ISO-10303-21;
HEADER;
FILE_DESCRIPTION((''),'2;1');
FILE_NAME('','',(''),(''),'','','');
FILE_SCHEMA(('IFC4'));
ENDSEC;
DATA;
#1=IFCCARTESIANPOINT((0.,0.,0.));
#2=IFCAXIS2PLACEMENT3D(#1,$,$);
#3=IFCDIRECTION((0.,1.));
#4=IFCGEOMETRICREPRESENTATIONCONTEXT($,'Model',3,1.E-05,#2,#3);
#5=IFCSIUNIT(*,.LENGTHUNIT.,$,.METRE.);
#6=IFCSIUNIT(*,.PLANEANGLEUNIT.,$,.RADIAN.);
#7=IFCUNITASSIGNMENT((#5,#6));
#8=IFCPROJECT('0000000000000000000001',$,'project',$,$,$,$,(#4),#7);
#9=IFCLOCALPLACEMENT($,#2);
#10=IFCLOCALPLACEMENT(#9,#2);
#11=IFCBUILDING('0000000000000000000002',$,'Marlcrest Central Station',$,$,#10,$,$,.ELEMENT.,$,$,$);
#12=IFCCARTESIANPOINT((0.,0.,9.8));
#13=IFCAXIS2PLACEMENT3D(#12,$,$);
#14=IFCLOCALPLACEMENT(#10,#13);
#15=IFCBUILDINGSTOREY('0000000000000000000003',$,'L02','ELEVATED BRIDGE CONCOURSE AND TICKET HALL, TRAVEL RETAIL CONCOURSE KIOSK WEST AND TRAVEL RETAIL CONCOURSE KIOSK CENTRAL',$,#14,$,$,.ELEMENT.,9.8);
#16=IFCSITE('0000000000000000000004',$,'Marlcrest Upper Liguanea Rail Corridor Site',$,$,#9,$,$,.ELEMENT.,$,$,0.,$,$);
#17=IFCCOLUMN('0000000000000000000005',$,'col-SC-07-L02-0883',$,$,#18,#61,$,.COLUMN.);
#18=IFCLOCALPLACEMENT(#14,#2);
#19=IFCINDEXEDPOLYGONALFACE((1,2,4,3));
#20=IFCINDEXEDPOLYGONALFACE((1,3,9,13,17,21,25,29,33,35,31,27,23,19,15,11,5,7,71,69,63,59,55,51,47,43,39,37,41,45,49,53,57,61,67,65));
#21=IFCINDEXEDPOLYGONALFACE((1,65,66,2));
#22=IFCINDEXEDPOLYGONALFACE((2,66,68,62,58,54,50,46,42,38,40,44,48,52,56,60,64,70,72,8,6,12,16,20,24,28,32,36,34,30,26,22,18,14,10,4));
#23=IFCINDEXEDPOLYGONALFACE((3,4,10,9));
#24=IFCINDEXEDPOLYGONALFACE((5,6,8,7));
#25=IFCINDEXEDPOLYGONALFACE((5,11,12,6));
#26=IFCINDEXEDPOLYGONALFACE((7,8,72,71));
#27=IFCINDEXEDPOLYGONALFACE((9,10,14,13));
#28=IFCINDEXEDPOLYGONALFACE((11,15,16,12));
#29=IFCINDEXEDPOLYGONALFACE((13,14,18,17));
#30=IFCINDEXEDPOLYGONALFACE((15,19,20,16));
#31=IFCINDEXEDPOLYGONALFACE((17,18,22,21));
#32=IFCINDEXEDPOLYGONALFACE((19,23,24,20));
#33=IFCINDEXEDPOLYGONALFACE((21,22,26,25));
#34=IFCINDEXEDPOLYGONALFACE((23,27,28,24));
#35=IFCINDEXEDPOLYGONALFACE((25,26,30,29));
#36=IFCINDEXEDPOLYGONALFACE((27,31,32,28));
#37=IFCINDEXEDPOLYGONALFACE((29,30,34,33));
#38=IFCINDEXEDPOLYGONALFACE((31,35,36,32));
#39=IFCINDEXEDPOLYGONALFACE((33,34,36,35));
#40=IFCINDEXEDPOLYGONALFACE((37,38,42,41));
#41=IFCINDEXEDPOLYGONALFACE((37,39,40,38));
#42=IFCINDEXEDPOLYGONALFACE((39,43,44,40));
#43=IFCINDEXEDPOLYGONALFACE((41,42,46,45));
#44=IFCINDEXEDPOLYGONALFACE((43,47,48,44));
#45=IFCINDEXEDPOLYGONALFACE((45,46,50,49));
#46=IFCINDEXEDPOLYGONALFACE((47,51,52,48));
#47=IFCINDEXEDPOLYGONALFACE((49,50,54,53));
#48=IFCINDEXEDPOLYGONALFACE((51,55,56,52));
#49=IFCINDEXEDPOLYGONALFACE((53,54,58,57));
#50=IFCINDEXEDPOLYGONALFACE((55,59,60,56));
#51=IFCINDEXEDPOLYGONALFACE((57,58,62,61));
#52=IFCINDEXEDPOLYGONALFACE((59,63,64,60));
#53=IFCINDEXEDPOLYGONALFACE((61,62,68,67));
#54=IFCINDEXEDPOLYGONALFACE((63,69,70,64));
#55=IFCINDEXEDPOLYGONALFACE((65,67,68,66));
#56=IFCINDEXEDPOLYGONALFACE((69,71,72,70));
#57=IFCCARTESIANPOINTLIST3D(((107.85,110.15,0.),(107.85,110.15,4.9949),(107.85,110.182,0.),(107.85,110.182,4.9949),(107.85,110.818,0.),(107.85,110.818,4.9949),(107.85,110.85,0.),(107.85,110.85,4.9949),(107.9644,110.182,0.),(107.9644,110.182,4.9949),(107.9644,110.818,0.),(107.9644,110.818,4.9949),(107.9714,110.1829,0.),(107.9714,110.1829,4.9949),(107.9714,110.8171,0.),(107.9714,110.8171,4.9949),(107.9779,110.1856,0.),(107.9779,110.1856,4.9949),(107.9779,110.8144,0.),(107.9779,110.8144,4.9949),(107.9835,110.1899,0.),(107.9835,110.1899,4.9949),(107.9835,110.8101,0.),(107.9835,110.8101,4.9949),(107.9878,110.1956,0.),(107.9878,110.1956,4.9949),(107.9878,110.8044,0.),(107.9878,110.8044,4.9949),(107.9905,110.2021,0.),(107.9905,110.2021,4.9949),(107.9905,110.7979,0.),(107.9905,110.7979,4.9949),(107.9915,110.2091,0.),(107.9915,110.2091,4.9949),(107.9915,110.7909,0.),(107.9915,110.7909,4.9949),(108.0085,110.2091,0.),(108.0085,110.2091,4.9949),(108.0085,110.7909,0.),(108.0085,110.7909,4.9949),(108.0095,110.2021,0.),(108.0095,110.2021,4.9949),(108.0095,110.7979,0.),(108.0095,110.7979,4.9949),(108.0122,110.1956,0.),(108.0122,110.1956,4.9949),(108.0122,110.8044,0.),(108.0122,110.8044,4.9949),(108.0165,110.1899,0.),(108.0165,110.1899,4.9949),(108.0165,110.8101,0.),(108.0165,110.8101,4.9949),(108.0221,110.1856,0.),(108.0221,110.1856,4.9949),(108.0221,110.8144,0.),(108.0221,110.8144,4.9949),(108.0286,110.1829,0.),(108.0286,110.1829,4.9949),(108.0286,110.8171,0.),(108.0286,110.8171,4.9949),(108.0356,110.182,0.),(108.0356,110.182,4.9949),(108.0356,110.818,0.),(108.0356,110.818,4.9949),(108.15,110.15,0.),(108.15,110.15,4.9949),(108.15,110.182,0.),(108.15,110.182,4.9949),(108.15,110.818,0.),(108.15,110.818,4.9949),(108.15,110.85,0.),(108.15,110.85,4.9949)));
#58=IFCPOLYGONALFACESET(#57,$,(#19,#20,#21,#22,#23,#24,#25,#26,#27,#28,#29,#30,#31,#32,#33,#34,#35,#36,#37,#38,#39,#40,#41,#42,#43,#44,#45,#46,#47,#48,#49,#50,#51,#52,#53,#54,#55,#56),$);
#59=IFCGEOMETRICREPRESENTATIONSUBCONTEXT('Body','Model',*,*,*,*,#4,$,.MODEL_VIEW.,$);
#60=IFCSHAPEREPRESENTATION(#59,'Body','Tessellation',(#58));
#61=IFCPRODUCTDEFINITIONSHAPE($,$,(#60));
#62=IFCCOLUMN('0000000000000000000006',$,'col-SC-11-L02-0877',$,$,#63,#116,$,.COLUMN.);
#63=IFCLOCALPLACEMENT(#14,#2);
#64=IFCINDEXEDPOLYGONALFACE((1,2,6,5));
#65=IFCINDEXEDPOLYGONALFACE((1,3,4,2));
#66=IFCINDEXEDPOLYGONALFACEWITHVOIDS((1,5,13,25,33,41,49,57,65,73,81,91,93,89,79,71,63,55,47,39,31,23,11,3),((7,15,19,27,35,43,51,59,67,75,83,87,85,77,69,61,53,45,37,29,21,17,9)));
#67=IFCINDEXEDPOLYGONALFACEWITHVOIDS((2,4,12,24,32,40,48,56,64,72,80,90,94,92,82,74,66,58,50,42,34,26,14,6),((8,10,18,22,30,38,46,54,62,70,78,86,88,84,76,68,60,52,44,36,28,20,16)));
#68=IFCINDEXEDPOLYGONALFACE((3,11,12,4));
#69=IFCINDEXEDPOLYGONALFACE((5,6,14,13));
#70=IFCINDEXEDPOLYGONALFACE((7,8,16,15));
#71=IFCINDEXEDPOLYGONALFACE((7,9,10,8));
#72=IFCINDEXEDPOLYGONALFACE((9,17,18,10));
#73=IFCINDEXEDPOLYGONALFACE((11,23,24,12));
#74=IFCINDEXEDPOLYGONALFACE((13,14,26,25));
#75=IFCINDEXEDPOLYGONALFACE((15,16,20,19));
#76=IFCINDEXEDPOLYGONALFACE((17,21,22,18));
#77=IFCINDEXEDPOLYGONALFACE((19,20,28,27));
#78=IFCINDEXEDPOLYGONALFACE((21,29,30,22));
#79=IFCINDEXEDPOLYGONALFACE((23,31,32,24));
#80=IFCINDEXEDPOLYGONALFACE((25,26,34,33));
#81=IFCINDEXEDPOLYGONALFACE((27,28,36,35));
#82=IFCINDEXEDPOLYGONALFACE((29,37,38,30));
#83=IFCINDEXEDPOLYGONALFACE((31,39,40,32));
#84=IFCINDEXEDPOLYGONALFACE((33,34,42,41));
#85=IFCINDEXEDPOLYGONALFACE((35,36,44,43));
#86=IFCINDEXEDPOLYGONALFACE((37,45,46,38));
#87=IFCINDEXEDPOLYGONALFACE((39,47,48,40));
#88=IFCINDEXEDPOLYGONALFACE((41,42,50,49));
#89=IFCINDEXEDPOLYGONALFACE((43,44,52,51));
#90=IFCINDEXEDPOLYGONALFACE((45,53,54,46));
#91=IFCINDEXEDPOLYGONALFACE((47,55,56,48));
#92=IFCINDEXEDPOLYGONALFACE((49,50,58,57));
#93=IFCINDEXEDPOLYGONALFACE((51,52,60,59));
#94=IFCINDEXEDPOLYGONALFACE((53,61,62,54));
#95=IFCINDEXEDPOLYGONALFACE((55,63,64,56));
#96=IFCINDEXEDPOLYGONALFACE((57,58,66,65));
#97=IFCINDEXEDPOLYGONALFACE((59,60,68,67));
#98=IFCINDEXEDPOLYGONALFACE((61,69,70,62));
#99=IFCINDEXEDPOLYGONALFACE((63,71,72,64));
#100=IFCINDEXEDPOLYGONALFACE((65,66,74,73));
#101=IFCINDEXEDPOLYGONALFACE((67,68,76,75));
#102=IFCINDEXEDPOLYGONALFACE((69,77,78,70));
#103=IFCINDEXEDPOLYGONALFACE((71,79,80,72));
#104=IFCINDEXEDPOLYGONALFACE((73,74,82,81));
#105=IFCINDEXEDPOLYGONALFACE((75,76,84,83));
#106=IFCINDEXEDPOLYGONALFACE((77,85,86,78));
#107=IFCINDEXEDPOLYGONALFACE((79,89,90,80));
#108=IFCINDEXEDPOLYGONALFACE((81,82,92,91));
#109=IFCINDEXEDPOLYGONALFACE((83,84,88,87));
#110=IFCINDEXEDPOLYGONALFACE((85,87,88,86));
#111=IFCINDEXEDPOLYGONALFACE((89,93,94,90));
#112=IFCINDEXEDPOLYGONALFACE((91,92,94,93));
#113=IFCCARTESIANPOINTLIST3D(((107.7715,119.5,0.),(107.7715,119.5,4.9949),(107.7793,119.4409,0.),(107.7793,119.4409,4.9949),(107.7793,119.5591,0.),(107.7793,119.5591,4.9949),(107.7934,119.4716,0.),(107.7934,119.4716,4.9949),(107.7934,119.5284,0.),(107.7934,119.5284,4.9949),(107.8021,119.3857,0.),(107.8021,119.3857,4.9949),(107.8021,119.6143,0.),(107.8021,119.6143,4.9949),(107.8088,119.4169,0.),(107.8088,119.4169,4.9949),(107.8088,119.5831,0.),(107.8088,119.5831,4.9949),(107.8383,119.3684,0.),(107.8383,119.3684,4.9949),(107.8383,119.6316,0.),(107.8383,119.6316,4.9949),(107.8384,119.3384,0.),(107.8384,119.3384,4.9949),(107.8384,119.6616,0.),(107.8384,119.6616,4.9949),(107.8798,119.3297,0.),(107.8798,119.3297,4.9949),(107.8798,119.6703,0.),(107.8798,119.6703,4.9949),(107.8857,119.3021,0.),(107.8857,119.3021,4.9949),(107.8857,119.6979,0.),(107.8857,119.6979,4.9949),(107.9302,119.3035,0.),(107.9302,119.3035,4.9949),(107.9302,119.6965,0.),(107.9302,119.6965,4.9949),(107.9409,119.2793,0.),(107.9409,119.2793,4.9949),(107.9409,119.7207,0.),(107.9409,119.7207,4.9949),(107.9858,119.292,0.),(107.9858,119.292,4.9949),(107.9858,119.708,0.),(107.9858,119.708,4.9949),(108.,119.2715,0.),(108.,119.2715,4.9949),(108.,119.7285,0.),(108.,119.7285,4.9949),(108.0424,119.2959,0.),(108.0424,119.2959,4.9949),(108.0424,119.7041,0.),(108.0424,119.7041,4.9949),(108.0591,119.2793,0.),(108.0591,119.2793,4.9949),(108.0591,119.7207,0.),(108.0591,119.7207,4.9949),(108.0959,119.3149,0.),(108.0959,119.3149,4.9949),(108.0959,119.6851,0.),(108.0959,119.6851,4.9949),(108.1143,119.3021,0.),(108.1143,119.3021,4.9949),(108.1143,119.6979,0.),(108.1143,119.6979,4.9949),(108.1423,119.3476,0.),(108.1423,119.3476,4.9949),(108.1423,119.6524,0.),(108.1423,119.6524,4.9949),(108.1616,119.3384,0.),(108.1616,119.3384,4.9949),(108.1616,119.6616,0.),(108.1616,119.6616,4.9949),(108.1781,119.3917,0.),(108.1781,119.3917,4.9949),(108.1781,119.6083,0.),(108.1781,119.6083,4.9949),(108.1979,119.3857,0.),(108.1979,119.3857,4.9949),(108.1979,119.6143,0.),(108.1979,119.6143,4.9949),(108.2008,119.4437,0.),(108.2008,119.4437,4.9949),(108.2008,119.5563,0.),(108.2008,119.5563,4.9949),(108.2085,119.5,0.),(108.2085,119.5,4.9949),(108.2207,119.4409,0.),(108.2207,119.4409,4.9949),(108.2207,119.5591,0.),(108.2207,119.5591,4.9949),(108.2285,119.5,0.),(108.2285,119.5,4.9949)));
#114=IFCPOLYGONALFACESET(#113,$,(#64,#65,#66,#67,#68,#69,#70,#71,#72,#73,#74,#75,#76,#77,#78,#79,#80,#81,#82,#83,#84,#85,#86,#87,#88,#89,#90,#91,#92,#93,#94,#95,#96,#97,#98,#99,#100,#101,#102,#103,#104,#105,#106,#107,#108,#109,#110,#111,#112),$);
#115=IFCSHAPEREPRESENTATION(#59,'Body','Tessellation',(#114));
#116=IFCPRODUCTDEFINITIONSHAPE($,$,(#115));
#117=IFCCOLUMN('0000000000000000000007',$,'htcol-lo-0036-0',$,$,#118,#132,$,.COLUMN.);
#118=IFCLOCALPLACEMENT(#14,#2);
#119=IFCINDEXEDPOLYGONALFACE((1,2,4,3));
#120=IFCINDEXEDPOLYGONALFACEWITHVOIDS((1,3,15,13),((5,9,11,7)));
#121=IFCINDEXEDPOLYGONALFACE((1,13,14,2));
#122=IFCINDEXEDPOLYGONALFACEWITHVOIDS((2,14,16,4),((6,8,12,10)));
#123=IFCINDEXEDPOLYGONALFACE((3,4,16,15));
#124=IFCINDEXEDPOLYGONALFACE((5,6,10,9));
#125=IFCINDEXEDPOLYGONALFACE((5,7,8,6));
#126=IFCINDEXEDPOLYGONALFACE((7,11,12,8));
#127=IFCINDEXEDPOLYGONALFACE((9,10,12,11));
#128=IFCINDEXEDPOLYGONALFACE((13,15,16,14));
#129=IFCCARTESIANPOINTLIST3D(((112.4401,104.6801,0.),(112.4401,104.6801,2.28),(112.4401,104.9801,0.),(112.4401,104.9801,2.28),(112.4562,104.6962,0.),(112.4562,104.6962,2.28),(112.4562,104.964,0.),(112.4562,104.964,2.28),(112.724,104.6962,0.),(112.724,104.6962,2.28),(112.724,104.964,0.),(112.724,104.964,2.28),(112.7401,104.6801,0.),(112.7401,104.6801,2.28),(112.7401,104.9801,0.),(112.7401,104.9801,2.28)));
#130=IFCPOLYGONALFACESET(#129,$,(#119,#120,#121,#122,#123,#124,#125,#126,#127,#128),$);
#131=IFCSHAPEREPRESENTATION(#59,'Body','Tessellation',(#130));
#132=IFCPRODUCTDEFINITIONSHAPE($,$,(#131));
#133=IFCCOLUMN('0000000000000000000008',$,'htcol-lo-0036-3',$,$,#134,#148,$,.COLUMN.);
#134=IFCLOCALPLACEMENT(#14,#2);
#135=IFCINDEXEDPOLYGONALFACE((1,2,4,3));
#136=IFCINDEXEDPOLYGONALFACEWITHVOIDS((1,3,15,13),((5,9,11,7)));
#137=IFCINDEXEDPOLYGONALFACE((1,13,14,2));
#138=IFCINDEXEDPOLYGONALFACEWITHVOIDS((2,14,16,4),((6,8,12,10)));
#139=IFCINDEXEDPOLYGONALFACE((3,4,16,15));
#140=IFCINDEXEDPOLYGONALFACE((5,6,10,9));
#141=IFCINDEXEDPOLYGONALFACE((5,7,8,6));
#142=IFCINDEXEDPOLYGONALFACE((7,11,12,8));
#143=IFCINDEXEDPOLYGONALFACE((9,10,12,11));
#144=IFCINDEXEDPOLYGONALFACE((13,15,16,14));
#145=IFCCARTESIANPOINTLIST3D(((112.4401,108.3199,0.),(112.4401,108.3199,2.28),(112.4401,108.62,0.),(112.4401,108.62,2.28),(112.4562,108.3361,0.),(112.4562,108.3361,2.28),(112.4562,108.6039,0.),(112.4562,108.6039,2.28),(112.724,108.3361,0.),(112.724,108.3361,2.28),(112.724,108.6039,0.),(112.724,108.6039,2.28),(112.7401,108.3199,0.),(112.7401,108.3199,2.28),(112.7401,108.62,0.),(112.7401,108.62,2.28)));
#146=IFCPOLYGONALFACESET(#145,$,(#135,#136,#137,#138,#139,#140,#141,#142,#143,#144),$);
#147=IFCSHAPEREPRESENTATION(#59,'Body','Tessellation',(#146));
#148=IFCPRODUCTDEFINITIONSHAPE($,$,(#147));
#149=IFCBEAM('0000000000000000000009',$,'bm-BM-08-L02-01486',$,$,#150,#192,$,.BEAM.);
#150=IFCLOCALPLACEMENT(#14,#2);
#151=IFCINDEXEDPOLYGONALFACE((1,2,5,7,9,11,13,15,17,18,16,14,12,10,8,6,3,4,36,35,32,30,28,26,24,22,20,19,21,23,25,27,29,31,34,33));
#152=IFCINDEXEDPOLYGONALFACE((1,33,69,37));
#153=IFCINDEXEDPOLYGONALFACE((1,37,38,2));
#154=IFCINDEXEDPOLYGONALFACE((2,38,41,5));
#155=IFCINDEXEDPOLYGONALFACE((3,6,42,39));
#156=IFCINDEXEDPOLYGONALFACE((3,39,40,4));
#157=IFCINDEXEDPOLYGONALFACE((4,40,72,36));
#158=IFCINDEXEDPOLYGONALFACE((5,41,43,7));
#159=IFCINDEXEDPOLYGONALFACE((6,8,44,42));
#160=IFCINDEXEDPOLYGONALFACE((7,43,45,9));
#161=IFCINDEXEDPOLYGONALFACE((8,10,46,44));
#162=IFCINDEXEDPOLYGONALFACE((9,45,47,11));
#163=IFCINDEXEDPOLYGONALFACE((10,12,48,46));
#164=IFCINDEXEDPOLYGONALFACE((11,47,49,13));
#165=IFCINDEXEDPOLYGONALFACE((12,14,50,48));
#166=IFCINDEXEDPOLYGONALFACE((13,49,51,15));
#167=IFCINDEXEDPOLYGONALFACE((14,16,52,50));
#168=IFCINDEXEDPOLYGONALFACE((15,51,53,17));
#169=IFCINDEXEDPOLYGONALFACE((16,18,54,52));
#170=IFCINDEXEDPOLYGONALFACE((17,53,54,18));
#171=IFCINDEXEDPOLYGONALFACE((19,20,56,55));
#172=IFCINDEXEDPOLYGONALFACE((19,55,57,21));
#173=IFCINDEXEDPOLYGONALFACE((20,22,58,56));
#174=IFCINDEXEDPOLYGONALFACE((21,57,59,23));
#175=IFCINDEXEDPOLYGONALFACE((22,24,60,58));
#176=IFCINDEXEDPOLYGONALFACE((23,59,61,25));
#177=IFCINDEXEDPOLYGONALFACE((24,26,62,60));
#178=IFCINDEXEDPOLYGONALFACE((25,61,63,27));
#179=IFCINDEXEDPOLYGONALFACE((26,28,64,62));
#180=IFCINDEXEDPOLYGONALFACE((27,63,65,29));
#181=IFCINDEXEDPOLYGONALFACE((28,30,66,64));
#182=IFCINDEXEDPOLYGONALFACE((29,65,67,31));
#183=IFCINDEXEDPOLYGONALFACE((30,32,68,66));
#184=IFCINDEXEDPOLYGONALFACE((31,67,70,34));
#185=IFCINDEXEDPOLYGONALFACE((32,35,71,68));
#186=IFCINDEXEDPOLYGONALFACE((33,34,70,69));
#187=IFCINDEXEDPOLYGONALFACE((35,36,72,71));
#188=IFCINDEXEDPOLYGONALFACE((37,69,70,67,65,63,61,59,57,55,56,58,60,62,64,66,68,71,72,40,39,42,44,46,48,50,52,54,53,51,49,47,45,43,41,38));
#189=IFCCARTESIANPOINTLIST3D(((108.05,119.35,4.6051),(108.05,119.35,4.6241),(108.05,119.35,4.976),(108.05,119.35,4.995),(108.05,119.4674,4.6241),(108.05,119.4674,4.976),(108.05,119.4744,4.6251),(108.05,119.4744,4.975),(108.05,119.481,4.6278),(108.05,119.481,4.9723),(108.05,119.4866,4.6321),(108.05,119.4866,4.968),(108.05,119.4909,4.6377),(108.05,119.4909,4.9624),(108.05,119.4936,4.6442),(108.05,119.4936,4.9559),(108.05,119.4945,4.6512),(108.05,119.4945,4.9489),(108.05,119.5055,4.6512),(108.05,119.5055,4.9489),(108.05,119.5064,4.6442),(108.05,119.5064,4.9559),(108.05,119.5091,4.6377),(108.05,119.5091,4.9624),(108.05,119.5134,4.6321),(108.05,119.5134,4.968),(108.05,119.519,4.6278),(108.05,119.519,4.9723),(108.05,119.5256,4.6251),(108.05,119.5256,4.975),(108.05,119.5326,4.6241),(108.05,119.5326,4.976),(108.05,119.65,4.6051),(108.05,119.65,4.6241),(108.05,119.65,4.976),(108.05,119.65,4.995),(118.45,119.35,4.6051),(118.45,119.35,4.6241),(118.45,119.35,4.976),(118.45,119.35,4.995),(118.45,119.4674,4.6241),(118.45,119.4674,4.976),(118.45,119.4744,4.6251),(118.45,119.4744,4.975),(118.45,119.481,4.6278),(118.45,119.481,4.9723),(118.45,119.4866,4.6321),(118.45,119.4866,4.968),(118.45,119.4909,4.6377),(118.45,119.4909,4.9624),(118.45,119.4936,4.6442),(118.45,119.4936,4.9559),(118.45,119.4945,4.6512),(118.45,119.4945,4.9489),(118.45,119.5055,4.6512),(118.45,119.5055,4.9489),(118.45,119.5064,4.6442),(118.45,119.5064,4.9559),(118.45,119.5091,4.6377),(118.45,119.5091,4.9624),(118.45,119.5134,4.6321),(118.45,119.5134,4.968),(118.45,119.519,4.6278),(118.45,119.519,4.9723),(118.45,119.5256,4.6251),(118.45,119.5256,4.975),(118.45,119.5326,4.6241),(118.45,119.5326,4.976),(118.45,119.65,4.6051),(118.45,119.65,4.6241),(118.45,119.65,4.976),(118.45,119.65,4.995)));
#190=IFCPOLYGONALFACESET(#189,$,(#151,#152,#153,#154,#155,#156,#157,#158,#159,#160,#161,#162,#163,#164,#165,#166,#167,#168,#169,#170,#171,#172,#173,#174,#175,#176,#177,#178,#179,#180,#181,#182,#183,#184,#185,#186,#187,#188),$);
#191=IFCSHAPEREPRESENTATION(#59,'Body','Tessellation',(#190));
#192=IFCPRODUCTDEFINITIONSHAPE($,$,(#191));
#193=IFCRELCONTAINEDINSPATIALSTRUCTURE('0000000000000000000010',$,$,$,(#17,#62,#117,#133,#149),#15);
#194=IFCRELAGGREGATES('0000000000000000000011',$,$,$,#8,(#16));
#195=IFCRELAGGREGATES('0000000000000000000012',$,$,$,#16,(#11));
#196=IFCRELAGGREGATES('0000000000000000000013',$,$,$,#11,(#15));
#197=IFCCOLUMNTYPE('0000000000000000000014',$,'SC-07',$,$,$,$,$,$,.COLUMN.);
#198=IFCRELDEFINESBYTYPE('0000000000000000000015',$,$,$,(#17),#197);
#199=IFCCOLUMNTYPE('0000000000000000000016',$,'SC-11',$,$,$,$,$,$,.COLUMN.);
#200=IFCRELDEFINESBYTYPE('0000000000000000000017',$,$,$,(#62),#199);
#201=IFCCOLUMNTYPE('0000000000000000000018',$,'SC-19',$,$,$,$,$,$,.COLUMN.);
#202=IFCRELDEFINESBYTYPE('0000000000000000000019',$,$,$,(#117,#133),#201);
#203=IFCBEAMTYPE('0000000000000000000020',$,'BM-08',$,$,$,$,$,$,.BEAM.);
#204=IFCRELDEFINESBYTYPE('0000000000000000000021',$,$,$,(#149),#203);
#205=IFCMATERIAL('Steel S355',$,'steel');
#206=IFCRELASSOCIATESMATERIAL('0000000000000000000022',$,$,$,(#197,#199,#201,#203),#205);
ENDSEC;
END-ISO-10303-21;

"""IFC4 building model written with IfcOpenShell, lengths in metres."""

from ifc_helpers import new_model, si_unit, direction, frame, origin, origin_2d, place, context, subcontext, project, spatial, hollow_rectangle, hollow_circle, i_section, extrude, material, material_profile, profile_set, type_object, element, save


model = new_model("IFC4")

# Units and contexts
model_context = context("Model", 3, precision=1e-05, world=origin(), true_north=direction((0.0, 1.0)))
body_context = subcontext(model_context, "Body", "Model", "MODEL_VIEW")
ifc_project = project(units=[si_unit("LENGTHUNIT", "METRE"), si_unit("PLANEANGLEUNIT", "RADIAN")], contexts=[model_context])

# Site, building, storey
site_placement = place(None, origin())
site = spatial("IfcSite", under=ifc_project, at=site_placement, Name="Marlcrest Upper Liguanea Rail Corridor Site", CompositionType="ELEMENT", RefElevation=0.0)
building_placement = place(site_placement, origin())
building = spatial("IfcBuilding", under=site, at=building_placement, Name="Marlcrest Central Station", CompositionType="ELEMENT")
storey_placement = place(building_placement, frame((0.0, 0.0, 9.8)))
storey = spatial("IfcBuildingStorey", under=building, at=storey_placement, Name="L02", Description="ELEVATED BRIDGE CONCOURSE AND TICKET HALL, TRAVEL RETAIL CONCOURSE KIOSK WEST AND TRAVEL RETAIL CONCOURSE KIOSK CENTRAL", CompositionType="ELEMENT", Elevation=9.8)

# Columns
ifc_material_1 = material(Name="Steel S355", Category="steel")
ifc_material_profile_1 = material_profile(ifc_material_1, i_section(OverallWidth=0.3, OverallDepth=0.7, WebThickness=0.0171, FlangeThickness=0.032, FilletRadius=0.0271, at=origin_2d()), Name="HEB 700")
ifc_profile_set_1 = profile_set([ifc_material_profile_1], Name="Steel S355")
column_type_1 = type_object("IfcColumnType", Name="SC-07", PredefinedType="COLUMN", material=ifc_profile_set_1)
column_1_placement = place(storey_placement, frame((108.0, 110.5, 0.0), z_axis=(0.0, 0.0, 1.0), x_axis=(1.0, 0.0, 0.0)))
element("IfcColumn", 1, at=column_1_placement, inside=storey, type_object=column_type_1, Name="col-SC-07-L02-0883", PredefinedType="COLUMN", context=body_context, shape_type="SweptSolid", body=[
    extrude(i_section(OverallWidth=0.3, OverallDepth=0.7, WebThickness=0.0171, FlangeThickness=0.032, FilletRadius=0.0271, at=origin_2d()), origin(), (0.0, 0.0, 1.0), 4.9949),
])
ifc_material_profile_2 = material_profile(ifc_material_1, hollow_circle(Radius=0.2285, WallThickness=0.02, at=origin_2d()), Name="CHS 457x20")
ifc_profile_set_2 = profile_set([ifc_material_profile_2], Name="Steel S355")
column_type_2 = type_object("IfcColumnType", Name="SC-11", PredefinedType="COLUMN", material=ifc_profile_set_2)
column_2_placement = place(storey_placement, frame((108.0, 119.5, 0.0), z_axis=(0.0, 0.0, 1.0), x_axis=(1.0, 0.0, 0.0)))
element("IfcColumn", 2, at=column_2_placement, inside=storey, type_object=column_type_2, Name="col-SC-11-L02-0877", PredefinedType="COLUMN", context=body_context, shape_type="SweptSolid", body=[
    extrude(hollow_circle(Radius=0.2285, WallThickness=0.02, at=origin_2d()), origin(), (0.0, 0.0, 1.0), 4.9949),
])
ifc_material_profile_3 = material_profile(ifc_material_1, hollow_rectangle(XDim=0.3, YDim=0.3, WallThickness=0.0161, at=origin_2d()), Name="SHS 300x300x16")
ifc_profile_set_3 = profile_set([ifc_material_profile_3], Name="Steel S355")
column_type_3 = type_object("IfcColumnType", Name="SC-19", PredefinedType="COLUMN", material=ifc_profile_set_3)
for number, where, z_axis, x_axis, name in (
    (3, (112.5901, 104.8301, 0.0), (0.0, 0.0, 1.0), (1.0, 0.0, 0.0), "htcol-lo-0036-0"),
    (4, (112.5901, 108.47, 0.0), (0.0, 0.0, 1.0), (1.0, 0.0, 0.0), "htcol-lo-0036-3"),
):
    element("IfcColumn", number, at=place(storey_placement, frame(where, z_axis=z_axis, x_axis=x_axis)), inside=storey, type_object=column_type_3, Name=name, PredefinedType="COLUMN", context=body_context, shape_type="SweptSolid", body=[
        extrude(hollow_rectangle(XDim=0.3, YDim=0.3, WallThickness=0.0161, at=origin_2d()), origin(), (0.0, 0.0, 1.0), 2.28),
    ])

# Beam
ifc_material_profile_4 = material_profile(ifc_material_1, i_section(OverallWidth=0.3, OverallDepth=0.3899, WebThickness=0.011, FlangeThickness=0.019, FilletRadius=0.0271, at=origin_2d()), Name="HEA 400")
ifc_profile_set_4 = profile_set([ifc_material_profile_4], Name="Steel S355")
beam_type_1 = type_object("IfcBeamType", Name="BM-08", PredefinedType="BEAM", material=ifc_profile_set_4)
for number, where, z_axis, x_axis, name in (
    (5, (108.05, 119.5, 4.8), (1.0, 0.0, 0.0), (0.0, 1.0, 0.0), "bm-BM-08-L02-01486"),
):
    element("IfcBeam", number, at=place(storey_placement, frame(where, z_axis=z_axis, x_axis=x_axis)), inside=storey, type_object=beam_type_1, Name=name, PredefinedType="BEAM", context=body_context, shape_type="SweptSolid", body=[
        extrude(i_section(OverallWidth=0.3, OverallDepth=0.3899, WebThickness=0.011, FlangeThickness=0.019, FilletRadius=0.0271, at=origin_2d()), origin(), (0.0, 0.0, 1.0), 10.3999),
    ])

save(model, "model.ifc")
